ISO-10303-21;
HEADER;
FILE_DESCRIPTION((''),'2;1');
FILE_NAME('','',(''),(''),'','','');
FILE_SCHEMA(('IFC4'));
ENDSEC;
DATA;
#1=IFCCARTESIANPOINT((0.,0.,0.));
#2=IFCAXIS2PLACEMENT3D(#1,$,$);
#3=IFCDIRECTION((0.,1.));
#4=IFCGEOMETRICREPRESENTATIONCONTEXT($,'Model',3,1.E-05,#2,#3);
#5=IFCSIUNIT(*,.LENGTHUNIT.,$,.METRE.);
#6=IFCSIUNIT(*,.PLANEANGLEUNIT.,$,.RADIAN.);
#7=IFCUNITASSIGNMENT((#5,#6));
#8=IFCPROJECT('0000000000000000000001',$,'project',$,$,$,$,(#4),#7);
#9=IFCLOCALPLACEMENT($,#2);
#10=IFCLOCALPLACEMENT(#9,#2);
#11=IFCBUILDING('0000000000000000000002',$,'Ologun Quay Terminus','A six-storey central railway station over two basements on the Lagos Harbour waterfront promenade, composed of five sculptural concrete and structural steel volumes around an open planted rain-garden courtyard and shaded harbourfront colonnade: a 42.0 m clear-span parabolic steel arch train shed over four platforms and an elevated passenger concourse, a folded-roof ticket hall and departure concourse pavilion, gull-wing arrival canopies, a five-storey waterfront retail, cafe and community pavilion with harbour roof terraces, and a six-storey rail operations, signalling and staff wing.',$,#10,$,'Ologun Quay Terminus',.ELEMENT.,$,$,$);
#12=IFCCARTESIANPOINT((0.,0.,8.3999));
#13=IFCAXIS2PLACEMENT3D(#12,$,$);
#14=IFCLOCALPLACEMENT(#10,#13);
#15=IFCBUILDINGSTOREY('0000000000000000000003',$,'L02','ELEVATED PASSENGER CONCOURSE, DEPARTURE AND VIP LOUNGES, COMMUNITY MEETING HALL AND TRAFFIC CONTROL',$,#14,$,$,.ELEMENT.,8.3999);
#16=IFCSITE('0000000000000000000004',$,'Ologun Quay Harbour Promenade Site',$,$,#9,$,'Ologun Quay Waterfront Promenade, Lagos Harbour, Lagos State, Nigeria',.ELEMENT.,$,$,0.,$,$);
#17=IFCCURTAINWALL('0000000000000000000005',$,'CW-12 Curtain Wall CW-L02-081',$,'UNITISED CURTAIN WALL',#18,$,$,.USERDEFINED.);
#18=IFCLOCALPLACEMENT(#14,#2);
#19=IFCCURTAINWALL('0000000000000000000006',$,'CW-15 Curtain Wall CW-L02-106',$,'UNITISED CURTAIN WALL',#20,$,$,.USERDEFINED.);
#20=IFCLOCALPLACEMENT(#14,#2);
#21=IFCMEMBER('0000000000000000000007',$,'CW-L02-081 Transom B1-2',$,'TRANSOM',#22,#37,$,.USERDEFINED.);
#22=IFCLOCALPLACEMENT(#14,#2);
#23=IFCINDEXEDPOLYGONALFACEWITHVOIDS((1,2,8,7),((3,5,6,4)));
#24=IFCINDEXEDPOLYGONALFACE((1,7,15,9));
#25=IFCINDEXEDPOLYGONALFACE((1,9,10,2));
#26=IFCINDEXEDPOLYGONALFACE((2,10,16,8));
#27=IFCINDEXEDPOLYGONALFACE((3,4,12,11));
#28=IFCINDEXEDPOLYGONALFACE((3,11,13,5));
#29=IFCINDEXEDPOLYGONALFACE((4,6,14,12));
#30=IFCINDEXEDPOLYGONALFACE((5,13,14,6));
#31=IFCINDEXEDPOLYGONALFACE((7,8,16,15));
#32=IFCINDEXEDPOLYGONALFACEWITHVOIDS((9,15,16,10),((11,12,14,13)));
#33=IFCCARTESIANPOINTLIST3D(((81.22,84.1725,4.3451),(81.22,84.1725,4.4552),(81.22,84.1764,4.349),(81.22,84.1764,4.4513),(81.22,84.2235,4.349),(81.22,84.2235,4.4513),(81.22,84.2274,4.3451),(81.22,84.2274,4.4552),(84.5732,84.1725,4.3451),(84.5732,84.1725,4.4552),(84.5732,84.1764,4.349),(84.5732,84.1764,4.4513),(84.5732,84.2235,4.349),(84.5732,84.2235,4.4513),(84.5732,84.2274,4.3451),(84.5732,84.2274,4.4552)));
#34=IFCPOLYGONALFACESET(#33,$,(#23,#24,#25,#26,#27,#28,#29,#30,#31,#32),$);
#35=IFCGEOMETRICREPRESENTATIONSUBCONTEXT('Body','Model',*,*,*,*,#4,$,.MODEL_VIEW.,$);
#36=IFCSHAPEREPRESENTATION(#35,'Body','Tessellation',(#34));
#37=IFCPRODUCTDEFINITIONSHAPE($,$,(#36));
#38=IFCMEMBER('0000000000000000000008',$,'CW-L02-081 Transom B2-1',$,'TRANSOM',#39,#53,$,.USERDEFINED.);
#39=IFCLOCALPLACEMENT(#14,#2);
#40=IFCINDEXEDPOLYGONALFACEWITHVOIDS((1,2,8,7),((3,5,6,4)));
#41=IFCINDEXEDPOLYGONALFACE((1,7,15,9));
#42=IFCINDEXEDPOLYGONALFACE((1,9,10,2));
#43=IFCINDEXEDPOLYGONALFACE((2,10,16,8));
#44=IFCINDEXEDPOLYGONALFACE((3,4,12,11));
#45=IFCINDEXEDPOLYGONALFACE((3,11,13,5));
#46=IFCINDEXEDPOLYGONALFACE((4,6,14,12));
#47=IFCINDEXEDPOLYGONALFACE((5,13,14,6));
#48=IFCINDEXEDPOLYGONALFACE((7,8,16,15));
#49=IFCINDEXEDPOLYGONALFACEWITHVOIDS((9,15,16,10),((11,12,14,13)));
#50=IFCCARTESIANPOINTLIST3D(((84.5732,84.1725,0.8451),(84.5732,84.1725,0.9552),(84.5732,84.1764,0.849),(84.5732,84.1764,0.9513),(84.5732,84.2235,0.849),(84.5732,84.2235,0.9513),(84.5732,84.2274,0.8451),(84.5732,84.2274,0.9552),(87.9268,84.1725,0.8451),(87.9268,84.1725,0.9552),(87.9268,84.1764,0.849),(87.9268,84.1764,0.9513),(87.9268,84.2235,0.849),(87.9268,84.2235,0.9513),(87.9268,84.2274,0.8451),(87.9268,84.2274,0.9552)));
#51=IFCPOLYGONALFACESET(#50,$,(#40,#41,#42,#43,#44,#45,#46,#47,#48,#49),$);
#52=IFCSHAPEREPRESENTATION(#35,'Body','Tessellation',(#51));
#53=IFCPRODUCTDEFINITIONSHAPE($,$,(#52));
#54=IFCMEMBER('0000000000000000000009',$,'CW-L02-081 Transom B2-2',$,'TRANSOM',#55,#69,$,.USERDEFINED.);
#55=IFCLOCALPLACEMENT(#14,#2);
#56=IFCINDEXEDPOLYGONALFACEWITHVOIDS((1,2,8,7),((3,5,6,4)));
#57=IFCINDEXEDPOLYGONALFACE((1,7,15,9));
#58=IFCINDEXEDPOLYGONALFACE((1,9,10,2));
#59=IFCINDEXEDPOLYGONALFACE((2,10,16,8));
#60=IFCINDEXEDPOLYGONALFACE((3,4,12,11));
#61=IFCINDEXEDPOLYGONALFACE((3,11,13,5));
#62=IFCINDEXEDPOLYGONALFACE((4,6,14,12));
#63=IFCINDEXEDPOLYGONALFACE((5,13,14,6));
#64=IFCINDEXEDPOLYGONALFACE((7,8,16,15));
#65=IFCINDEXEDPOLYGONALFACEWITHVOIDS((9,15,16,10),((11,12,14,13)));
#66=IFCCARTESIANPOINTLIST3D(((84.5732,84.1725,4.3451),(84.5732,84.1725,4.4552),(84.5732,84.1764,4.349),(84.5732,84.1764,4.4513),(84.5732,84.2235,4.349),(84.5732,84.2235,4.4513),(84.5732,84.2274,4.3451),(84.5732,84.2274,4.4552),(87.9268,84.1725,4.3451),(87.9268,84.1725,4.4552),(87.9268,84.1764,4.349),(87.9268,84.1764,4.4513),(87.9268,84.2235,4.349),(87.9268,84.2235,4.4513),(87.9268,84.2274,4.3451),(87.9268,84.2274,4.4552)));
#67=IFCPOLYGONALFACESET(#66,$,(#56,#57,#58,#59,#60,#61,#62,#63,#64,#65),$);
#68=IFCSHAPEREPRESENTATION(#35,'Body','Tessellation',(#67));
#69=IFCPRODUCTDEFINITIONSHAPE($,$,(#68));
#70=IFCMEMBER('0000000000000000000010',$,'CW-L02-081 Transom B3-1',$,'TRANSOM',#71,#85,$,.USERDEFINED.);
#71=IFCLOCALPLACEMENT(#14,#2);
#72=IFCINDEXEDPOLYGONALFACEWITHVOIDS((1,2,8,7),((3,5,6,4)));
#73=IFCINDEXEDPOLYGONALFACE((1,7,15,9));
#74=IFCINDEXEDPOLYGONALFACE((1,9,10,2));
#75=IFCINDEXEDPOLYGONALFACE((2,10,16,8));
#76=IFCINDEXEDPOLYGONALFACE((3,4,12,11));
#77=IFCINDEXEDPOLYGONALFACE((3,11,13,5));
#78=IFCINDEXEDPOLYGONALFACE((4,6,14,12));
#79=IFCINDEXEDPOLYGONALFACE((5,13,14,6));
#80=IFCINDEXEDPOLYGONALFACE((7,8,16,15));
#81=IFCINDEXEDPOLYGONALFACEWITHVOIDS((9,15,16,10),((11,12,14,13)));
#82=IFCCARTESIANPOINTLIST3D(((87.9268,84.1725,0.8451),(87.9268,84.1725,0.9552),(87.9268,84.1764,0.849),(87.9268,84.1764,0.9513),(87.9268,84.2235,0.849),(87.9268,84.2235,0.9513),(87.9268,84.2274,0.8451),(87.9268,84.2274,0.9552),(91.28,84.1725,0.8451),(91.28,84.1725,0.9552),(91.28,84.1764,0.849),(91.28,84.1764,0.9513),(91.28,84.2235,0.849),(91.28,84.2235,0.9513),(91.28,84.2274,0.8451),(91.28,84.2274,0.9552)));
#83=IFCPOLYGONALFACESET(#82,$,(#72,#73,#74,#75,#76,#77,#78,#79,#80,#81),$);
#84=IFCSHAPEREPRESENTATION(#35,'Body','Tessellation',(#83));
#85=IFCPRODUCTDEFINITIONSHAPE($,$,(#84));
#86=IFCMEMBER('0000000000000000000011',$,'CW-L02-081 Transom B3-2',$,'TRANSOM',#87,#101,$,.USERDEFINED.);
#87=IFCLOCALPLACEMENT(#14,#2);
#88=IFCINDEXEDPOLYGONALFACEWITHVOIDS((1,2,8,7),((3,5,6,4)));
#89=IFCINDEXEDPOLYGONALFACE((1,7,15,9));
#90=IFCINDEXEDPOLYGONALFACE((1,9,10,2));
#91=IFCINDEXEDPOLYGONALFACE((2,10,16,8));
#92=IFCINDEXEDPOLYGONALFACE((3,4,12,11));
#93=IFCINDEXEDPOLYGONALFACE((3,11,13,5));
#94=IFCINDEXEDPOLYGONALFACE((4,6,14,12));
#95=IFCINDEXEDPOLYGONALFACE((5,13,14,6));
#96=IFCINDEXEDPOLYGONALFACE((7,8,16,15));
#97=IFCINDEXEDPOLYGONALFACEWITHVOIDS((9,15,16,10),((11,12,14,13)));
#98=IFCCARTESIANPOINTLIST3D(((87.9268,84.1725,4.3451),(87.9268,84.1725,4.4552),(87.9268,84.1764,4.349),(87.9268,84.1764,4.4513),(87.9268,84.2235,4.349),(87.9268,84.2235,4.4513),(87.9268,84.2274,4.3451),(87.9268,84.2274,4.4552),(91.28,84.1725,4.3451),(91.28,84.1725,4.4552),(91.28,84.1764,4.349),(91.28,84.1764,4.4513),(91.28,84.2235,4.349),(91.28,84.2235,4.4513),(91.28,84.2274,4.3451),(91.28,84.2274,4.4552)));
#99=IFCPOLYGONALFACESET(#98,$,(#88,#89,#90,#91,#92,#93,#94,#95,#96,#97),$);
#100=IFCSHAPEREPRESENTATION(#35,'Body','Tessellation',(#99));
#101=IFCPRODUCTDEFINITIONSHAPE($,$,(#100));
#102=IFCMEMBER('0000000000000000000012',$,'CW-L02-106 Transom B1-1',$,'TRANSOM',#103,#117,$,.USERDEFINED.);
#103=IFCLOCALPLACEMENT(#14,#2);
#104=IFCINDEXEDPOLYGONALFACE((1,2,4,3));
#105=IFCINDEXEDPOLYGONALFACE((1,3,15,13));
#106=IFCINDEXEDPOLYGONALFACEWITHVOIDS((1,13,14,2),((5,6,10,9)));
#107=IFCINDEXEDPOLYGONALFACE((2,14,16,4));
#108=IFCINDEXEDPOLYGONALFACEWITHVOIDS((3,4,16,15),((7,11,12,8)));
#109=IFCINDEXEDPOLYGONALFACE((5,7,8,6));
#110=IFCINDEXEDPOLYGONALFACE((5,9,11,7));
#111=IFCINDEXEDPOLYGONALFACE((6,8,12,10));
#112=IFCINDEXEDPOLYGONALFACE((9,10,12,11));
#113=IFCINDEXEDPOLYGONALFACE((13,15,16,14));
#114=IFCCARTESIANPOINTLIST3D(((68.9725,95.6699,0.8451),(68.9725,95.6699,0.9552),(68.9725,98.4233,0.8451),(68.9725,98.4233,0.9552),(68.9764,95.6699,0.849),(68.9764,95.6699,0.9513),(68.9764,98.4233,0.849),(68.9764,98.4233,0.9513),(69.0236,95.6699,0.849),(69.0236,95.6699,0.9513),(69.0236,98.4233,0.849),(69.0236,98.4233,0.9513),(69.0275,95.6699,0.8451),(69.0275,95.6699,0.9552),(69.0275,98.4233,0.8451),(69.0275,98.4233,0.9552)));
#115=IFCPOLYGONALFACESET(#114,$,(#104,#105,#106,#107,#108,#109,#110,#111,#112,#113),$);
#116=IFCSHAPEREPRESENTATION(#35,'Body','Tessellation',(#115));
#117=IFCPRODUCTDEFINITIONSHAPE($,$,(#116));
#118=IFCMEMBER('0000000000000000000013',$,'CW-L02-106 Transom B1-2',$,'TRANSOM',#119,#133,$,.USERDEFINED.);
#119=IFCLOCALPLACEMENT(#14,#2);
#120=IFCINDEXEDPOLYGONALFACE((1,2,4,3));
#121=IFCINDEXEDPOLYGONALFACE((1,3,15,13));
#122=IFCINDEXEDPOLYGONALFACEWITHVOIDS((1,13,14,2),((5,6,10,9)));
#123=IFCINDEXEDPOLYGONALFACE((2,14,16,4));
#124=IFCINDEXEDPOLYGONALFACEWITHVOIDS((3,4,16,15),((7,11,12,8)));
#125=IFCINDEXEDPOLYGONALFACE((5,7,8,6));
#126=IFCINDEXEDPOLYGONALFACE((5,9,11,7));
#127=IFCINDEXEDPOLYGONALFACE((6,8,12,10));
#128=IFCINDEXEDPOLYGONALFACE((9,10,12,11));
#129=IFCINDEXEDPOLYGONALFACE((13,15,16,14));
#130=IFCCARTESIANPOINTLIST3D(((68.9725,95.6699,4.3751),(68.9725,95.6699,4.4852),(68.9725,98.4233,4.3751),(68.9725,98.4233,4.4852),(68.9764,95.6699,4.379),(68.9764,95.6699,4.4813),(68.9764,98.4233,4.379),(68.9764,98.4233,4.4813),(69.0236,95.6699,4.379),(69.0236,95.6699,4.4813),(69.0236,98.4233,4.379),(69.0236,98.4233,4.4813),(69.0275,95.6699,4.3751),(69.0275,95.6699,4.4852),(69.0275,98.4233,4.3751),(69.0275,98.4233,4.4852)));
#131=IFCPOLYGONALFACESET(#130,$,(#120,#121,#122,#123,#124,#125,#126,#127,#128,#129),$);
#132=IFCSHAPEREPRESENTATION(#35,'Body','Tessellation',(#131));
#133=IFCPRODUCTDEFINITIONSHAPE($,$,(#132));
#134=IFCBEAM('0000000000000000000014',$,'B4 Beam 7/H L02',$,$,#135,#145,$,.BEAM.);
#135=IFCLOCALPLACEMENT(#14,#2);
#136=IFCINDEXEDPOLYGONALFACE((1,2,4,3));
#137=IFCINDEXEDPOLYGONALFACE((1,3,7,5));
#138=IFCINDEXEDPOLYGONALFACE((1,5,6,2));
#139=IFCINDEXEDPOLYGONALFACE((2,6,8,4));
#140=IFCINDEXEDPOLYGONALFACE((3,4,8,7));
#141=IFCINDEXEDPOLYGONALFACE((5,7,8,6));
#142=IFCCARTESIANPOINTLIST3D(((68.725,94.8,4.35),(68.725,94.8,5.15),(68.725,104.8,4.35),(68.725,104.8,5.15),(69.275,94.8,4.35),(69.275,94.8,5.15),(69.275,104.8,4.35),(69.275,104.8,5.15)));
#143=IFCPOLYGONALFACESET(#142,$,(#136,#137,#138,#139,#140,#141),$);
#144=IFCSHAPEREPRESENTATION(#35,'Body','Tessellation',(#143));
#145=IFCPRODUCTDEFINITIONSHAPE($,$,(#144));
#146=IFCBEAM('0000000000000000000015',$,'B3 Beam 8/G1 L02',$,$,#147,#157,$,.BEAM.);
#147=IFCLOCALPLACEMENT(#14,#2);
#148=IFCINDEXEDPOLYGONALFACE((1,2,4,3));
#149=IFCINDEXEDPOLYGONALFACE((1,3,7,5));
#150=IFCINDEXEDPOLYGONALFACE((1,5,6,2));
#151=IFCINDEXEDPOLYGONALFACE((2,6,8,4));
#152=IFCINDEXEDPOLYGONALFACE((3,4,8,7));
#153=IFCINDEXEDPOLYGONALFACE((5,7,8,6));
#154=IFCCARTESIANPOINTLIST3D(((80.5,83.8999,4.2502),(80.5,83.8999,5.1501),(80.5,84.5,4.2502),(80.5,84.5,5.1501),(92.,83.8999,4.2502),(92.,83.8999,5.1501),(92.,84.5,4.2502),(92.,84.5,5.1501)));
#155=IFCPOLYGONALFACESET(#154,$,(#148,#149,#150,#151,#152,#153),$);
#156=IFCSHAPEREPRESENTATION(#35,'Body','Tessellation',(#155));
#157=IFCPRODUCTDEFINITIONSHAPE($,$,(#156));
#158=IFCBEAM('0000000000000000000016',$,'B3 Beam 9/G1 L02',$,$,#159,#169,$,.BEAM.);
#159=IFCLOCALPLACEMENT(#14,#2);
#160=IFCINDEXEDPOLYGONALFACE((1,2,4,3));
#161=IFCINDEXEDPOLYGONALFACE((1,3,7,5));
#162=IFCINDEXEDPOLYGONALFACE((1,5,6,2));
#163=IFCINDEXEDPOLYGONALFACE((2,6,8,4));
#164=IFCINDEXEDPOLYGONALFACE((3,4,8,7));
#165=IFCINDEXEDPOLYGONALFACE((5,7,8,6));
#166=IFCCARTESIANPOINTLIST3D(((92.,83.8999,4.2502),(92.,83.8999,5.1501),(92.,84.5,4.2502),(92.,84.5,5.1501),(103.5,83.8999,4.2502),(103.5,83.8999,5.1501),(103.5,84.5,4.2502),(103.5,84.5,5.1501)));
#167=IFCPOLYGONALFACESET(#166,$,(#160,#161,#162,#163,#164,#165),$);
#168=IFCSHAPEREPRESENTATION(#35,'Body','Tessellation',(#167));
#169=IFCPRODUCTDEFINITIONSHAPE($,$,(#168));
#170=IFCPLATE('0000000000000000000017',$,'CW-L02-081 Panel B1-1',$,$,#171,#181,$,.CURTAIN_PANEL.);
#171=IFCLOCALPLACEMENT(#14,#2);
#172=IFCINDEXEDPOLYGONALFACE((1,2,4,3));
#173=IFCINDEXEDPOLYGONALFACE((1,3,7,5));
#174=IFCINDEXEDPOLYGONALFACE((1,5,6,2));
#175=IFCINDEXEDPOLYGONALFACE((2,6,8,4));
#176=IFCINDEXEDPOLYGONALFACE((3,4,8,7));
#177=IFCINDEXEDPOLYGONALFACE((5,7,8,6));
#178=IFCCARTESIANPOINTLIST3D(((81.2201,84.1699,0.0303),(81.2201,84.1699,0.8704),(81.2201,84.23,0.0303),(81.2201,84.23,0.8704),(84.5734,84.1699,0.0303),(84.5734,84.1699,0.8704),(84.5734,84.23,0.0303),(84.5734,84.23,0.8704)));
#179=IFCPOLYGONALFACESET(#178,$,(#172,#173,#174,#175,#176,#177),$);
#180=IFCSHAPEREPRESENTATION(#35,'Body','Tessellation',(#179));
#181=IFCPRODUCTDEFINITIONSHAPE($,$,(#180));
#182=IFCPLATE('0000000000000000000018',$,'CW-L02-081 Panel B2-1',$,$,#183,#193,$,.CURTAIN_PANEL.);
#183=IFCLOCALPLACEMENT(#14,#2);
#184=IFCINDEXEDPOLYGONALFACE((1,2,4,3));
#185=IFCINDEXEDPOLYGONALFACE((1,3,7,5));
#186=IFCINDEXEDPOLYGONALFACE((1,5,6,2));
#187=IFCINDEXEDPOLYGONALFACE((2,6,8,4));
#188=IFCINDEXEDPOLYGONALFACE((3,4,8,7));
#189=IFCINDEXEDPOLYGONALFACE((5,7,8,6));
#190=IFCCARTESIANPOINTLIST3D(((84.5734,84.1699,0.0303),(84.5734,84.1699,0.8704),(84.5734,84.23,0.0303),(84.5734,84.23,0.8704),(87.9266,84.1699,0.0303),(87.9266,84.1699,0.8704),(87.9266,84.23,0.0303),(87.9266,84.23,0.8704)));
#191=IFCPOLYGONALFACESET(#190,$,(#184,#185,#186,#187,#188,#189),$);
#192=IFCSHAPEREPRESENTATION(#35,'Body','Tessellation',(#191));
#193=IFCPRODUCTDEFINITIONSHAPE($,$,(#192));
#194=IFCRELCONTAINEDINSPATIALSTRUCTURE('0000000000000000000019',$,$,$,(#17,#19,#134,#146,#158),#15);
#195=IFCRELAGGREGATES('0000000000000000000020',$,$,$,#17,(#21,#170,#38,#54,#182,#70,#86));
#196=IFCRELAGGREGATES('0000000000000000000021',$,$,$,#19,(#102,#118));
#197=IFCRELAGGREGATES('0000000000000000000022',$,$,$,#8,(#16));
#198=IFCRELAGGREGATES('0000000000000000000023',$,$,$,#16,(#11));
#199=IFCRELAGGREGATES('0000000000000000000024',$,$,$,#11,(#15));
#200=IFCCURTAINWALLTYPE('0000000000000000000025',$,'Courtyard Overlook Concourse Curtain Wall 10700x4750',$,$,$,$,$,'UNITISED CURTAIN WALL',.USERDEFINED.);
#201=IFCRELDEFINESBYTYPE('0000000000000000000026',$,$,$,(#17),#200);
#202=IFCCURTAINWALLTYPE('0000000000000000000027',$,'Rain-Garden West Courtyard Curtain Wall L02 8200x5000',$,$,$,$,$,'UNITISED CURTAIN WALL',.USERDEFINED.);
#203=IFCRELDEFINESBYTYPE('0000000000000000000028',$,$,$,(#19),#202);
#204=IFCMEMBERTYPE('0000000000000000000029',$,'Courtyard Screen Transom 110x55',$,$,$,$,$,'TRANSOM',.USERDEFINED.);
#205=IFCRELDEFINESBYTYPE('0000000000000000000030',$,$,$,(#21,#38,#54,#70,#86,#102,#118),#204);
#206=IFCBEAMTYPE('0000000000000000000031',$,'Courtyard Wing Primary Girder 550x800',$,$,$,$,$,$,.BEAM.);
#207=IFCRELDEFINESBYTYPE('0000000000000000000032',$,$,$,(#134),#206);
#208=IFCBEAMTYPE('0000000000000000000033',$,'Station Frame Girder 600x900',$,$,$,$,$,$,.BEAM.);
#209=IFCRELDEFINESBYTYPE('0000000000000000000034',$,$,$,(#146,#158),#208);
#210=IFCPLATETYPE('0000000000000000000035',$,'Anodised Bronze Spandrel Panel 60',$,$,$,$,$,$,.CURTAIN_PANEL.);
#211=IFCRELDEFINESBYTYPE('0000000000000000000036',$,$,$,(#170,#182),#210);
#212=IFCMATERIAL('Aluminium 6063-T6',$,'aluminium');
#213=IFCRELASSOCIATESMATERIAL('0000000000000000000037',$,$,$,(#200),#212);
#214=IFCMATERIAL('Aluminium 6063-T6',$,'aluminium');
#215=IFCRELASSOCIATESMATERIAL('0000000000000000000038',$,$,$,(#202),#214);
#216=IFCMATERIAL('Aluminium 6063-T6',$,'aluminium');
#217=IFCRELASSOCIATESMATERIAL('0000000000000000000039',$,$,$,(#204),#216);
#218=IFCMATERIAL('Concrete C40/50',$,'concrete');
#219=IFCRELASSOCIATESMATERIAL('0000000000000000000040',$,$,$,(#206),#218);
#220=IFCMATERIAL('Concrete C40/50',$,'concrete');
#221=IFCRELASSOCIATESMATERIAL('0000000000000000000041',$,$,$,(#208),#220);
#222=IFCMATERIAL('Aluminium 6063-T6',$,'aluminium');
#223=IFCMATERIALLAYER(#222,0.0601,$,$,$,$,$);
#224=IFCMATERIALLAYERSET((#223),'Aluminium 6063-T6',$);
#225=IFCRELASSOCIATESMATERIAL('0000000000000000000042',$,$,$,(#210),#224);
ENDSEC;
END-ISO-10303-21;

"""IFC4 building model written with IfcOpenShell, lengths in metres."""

from ifc_helpers import new_model, si_unit, direction, frame, origin, origin_2d, place, context, subcontext, project, spatial, rectangle, hollow_rectangle, extrude, material, layer, layer_set, material_profile, profile_set, type_object, element, aggregate, save


model = new_model("IFC4")

# Units and contexts
model_context = context("Model", 3, precision=1e-05, world=origin(), true_north=direction((0.0, 1.0)))
body_context = subcontext(model_context, "Body", "Model", "MODEL_VIEW")
ifc_project = project(units=[si_unit("LENGTHUNIT", "METRE"), si_unit("PLANEANGLEUNIT", "RADIAN")], contexts=[model_context])

# Site, building, storey
site_placement = place(None, origin())
site = spatial("IfcSite", under=ifc_project, at=site_placement, Name="Ologun Quay Harbour Promenade Site", LongName="Ologun Quay Waterfront Promenade, Lagos Harbour, Lagos State, Nigeria", CompositionType="ELEMENT", RefElevation=0.0)
building_placement = place(site_placement, origin())
building = spatial("IfcBuilding", under=site, at=building_placement, Name="Ologun Quay Terminus", Description="A six-storey central railway station over two basements on the Lagos Harbour waterfront promenade, composed of five sculptural concrete and structural steel volumes around an open planted rain-garden courtyard and shaded harbourfront colonnade: a 42.0 m clear-span parabolic steel arch train shed over four platforms and an elevated passenger concourse, a folded-roof ticket hall and departure concourse pavilion, gull-wing arrival canopies, a five-storey waterfront retail, cafe and community pavilion with harbour roof terraces, and a six-storey rail operations, signalling and staff wing.", LongName="Ologun Quay Terminus", CompositionType="ELEMENT")
storey_placement = place(building_placement, frame((0.0, 0.0, 8.3999)))
storey = spatial("IfcBuildingStorey", under=building, at=storey_placement, Name="L02", Description="ELEVATED PASSENGER CONCOURSE, DEPARTURE AND VIP LOUNGES, COMMUNITY MEETING HALL AND TRAFFIC CONTROL", CompositionType="ELEMENT", Elevation=8.3999)

# Shared definitions
ifc_material_1 = material(Name="Aluminium 6063-T6", Category="aluminium")
curtain_wall_type_1 = type_object("IfcCurtainWallType", Name="Courtyard Overlook Concourse Curtain Wall 10700x4750", ElementType="UNITISED CURTAIN WALL", PredefinedType="USERDEFINED", material=ifc_material_1)

# Curtain wall
curtain_wall_1_placement = place(storey_placement, origin())
curtain_wall_1 = element("IfcCurtainWall", 1, at=curtain_wall_1_placement, inside=storey, type_object=curtain_wall_type_1, Name="CW-12 Curtain Wall CW-L02-081", ObjectType="UNITISED CURTAIN WALL", PredefinedType="USERDEFINED")

# Curtain wall
ifc_material_2 = material(Name="Aluminium 6063-T6", Category="aluminium")
curtain_wall_type_2 = type_object("IfcCurtainWallType", Name="Rain-Garden West Courtyard Curtain Wall L02 8200x5000", ElementType="UNITISED CURTAIN WALL", PredefinedType="USERDEFINED", material=ifc_material_2)
curtain_wall_2_placement = place(storey_placement, origin())
curtain_wall_2 = element("IfcCurtainWall", 2, at=curtain_wall_2_placement, inside=storey, type_object=curtain_wall_type_2, Name="CW-15 Curtain Wall CW-L02-106", ObjectType="UNITISED CURTAIN WALL", PredefinedType="USERDEFINED")

# Members
ifc_material_3 = material(Name="Aluminium 6063-T6", Category="aluminium")
ifc_material_profile_1 = material_profile(ifc_material_3, hollow_rectangle(XDim=0.0549, YDim=0.1101, WallThickness=0.0039, at=origin_2d()), Name="ALU 110x55x4")
ifc_profile_set_1 = profile_set([ifc_material_profile_1], Name="Aluminium 6063-T6")
member_type_1 = type_object("IfcMemberType", Name="Courtyard Screen Transom 110x55", ElementType="TRANSOM", PredefinedType="USERDEFINED", material=ifc_profile_set_1)
member_1_placement = place(storey_placement, frame((81.22, 84.2, 4.4001), z_axis=(1.0, 0.0, 0.0), x_axis=(0.0, 1.0, 0.0)))
member_1 = element("IfcMember", 3, at=member_1_placement, type_object=member_type_1, Name="CW-L02-081 Transom B1-2", ObjectType="TRANSOM", PredefinedType="USERDEFINED", context=body_context, shape_type="SweptSolid", body=[
    extrude(hollow_rectangle(XDim=0.0549, YDim=0.1101, WallThickness=0.0039, at=origin_2d()), origin(), (0.0, 0.0, 1.0), 3.3533),
])
member_2_placement = place(storey_placement, frame((84.5732, 84.2, 0.9001), z_axis=(1.0, 0.0, 0.0), x_axis=(0.0, 1.0, 0.0)))
member_2 = element("IfcMember", 4, at=member_2_placement, type_object=member_type_1, Name="CW-L02-081 Transom B2-1", ObjectType="TRANSOM", PredefinedType="USERDEFINED", context=body_context, shape_type="SweptSolid", body=[
    extrude(hollow_rectangle(XDim=0.0549, YDim=0.1101, WallThickness=0.0039, at=origin_2d()), origin(), (0.0, 0.0, 1.0), 3.3535),
])
member_3_placement = place(storey_placement, frame((84.5732, 84.2, 4.4001), z_axis=(1.0, 0.0, 0.0), x_axis=(0.0, 1.0, 0.0)))
member_3 = element("IfcMember", 5, at=member_3_placement, type_object=member_type_1, Name="CW-L02-081 Transom B2-2", ObjectType="TRANSOM", PredefinedType="USERDEFINED", context=body_context, shape_type="SweptSolid", body=[
    extrude(hollow_rectangle(XDim=0.0549, YDim=0.1101, WallThickness=0.0039, at=origin_2d()), origin(), (0.0, 0.0, 1.0), 3.3535),
])
member_4_placement = place(storey_placement, frame((87.9268, 84.2, 0.9001), z_axis=(1.0, 0.0, 0.0), x_axis=(0.0, 1.0, 0.0)))
member_4 = element("IfcMember", 6, at=member_4_placement, type_object=member_type_1, Name="CW-L02-081 Transom B3-1", ObjectType="TRANSOM", PredefinedType="USERDEFINED", context=body_context, shape_type="SweptSolid", body=[
    extrude(hollow_rectangle(XDim=0.0549, YDim=0.1101, WallThickness=0.0039, at=origin_2d()), origin(), (0.0, 0.0, 1.0), 3.3533),
])
member_5_placement = place(storey_placement, frame((87.9268, 84.2, 4.4001), z_axis=(1.0, 0.0, 0.0), x_axis=(0.0, 1.0, 0.0)))
member_5 = element("IfcMember", 7, at=member_5_placement, type_object=member_type_1, Name="CW-L02-081 Transom B3-2", ObjectType="TRANSOM", PredefinedType="USERDEFINED", context=body_context, shape_type="SweptSolid", body=[
    extrude(hollow_rectangle(XDim=0.0549, YDim=0.1101, WallThickness=0.0039, at=origin_2d()), origin(), (0.0, 0.0, 1.0), 3.3533),
])
member_6_placement = place(storey_placement, frame((69.0, 95.6699, 0.9001), z_axis=(0.0, 1.0, 0.0), x_axis=(-1.0, 0.0, 0.0)))
member_6 = element("IfcMember", 8, at=member_6_placement, type_object=member_type_1, Name="CW-L02-106 Transom B1-1", ObjectType="TRANSOM", PredefinedType="USERDEFINED", context=body_context, shape_type="SweptSolid", body=[
    extrude(hollow_rectangle(XDim=0.0549, YDim=0.1101, WallThickness=0.0039, at=origin_2d()), origin(), (0.0, 0.0, 1.0), 2.7534),
])
member_7_placement = place(storey_placement, frame((69.0, 95.6699, 4.4302), z_axis=(0.0, 1.0, 0.0), x_axis=(-1.0, 0.0, 0.0)))
member_7 = element("IfcMember", 9, at=member_7_placement, type_object=member_type_1, Name="CW-L02-106 Transom B1-2", ObjectType="TRANSOM", PredefinedType="USERDEFINED", context=body_context, shape_type="SweptSolid", body=[
    extrude(hollow_rectangle(XDim=0.0549, YDim=0.1101, WallThickness=0.0039, at=origin_2d()), origin(), (0.0, 0.0, 1.0), 2.7534),
])

# Beams
ifc_material_4 = material(Name="Concrete C40/50", Category="concrete")
ifc_material_profile_2 = material_profile(ifc_material_4, rectangle(XDim=0.55, YDim=0.8, at=origin_2d()), Name="RC 550x800")
ifc_profile_set_2 = profile_set([ifc_material_profile_2], Name="Concrete C40/50")
beam_type_1 = type_object("IfcBeamType", Name="Courtyard Wing Primary Girder 550x800", PredefinedType="BEAM", material=ifc_profile_set_2)
beam_placement = place(storey_placement, frame((69.0, 94.8, 4.75), z_axis=(0.0, 1.0, 0.0), x_axis=(-1.0, 0.0, 0.0)))
element("IfcBeam", 10, at=beam_placement, inside=storey, type_object=beam_type_1, Name="B4 Beam 7/H L02", PredefinedType="BEAM", context=body_context, shape_type="SweptSolid", body=[
    extrude(rectangle(XDim=0.55, YDim=0.8, at=origin_2d()), origin(), (0.0, 0.0, 1.0), 10.0),
])
ifc_material_5 = material(Name="Concrete C40/50", Category="concrete")
ifc_material_profile_3 = material_profile(ifc_material_5, rectangle(XDim=0.6001, YDim=0.8999, at=origin_2d()), Name="RC 600x900")
ifc_profile_set_3 = profile_set([ifc_material_profile_3], Name="Concrete C40/50")
beam_type_2 = type_object("IfcBeamType", Name="Station Frame Girder 600x900", PredefinedType="BEAM", material=ifc_profile_set_3)
for number, where, z_axis, x_axis, name in (
    (11, (80.5, 84.2, 4.7002), (1.0, 0.0, 0.0), (0.0, 1.0, 0.0), "B3 Beam 8/G1 L02"),
    (12, (92.0, 84.2, 4.7002), (1.0, 0.0, 0.0), (0.0, 1.0, 0.0), "B3 Beam 9/G1 L02"),
):
    element("IfcBeam", number, at=place(storey_placement, frame(where, z_axis=z_axis, x_axis=x_axis)), inside=storey, type_object=beam_type_2, Name=name, PredefinedType="BEAM", context=body_context, shape_type="SweptSolid", body=[
        extrude(rectangle(XDim=0.6001, YDim=0.8999, at=origin_2d()), origin(), (0.0, 0.0, 1.0), 11.5),
    ])

# Plates
ifc_material_6 = material(Name="Aluminium 6063-T6", Category="aluminium")
ifc_layer_1 = layer(ifc_material_6, 0.0601)
ifc_layer_set_1 = layer_set([ifc_layer_1], Name="Aluminium 6063-T6")
plate_type_1 = type_object("IfcPlateType", Name="Anodised Bronze Spandrel Panel 60", PredefinedType="CURTAIN_PANEL", material=ifc_layer_set_1)
plate_1_placement = place(storey_placement, frame((82.8967, 84.2, 0.0303), z_axis=(0.0, 0.0, 1.0), x_axis=(1.0, 0.0, 0.0)))
plate_1 = element("IfcPlate", 13, at=plate_1_placement, type_object=plate_type_1, Name="CW-L02-081 Panel B1-1", PredefinedType="CURTAIN_PANEL", context=body_context, shape_type="SweptSolid", body=[
    extrude(rectangle(XDim=3.3533, YDim=0.0601, at=origin_2d()), origin(), (0.0, 0.0, 1.0), 0.8401),
])
plate_2_placement = place(storey_placement, frame((86.25, 84.2, 0.0303), z_axis=(0.0, 0.0, 1.0), x_axis=(1.0, 0.0, 0.0)))
plate_2 = element("IfcPlate", 14, at=plate_2_placement, type_object=plate_type_1, Name="CW-L02-081 Panel B2-1", PredefinedType="CURTAIN_PANEL", context=body_context, shape_type="SweptSolid", body=[
    extrude(rectangle(XDim=3.3533, YDim=0.0601, at=origin_2d()), origin(), (0.0, 0.0, 1.0), 0.8401),
])
aggregate(curtain_wall_1, [member_1, plate_1, member_2, member_3, plate_2, member_4, member_5])
aggregate(curtain_wall_2, [member_6, member_7])

save(model, "model.ifc")
